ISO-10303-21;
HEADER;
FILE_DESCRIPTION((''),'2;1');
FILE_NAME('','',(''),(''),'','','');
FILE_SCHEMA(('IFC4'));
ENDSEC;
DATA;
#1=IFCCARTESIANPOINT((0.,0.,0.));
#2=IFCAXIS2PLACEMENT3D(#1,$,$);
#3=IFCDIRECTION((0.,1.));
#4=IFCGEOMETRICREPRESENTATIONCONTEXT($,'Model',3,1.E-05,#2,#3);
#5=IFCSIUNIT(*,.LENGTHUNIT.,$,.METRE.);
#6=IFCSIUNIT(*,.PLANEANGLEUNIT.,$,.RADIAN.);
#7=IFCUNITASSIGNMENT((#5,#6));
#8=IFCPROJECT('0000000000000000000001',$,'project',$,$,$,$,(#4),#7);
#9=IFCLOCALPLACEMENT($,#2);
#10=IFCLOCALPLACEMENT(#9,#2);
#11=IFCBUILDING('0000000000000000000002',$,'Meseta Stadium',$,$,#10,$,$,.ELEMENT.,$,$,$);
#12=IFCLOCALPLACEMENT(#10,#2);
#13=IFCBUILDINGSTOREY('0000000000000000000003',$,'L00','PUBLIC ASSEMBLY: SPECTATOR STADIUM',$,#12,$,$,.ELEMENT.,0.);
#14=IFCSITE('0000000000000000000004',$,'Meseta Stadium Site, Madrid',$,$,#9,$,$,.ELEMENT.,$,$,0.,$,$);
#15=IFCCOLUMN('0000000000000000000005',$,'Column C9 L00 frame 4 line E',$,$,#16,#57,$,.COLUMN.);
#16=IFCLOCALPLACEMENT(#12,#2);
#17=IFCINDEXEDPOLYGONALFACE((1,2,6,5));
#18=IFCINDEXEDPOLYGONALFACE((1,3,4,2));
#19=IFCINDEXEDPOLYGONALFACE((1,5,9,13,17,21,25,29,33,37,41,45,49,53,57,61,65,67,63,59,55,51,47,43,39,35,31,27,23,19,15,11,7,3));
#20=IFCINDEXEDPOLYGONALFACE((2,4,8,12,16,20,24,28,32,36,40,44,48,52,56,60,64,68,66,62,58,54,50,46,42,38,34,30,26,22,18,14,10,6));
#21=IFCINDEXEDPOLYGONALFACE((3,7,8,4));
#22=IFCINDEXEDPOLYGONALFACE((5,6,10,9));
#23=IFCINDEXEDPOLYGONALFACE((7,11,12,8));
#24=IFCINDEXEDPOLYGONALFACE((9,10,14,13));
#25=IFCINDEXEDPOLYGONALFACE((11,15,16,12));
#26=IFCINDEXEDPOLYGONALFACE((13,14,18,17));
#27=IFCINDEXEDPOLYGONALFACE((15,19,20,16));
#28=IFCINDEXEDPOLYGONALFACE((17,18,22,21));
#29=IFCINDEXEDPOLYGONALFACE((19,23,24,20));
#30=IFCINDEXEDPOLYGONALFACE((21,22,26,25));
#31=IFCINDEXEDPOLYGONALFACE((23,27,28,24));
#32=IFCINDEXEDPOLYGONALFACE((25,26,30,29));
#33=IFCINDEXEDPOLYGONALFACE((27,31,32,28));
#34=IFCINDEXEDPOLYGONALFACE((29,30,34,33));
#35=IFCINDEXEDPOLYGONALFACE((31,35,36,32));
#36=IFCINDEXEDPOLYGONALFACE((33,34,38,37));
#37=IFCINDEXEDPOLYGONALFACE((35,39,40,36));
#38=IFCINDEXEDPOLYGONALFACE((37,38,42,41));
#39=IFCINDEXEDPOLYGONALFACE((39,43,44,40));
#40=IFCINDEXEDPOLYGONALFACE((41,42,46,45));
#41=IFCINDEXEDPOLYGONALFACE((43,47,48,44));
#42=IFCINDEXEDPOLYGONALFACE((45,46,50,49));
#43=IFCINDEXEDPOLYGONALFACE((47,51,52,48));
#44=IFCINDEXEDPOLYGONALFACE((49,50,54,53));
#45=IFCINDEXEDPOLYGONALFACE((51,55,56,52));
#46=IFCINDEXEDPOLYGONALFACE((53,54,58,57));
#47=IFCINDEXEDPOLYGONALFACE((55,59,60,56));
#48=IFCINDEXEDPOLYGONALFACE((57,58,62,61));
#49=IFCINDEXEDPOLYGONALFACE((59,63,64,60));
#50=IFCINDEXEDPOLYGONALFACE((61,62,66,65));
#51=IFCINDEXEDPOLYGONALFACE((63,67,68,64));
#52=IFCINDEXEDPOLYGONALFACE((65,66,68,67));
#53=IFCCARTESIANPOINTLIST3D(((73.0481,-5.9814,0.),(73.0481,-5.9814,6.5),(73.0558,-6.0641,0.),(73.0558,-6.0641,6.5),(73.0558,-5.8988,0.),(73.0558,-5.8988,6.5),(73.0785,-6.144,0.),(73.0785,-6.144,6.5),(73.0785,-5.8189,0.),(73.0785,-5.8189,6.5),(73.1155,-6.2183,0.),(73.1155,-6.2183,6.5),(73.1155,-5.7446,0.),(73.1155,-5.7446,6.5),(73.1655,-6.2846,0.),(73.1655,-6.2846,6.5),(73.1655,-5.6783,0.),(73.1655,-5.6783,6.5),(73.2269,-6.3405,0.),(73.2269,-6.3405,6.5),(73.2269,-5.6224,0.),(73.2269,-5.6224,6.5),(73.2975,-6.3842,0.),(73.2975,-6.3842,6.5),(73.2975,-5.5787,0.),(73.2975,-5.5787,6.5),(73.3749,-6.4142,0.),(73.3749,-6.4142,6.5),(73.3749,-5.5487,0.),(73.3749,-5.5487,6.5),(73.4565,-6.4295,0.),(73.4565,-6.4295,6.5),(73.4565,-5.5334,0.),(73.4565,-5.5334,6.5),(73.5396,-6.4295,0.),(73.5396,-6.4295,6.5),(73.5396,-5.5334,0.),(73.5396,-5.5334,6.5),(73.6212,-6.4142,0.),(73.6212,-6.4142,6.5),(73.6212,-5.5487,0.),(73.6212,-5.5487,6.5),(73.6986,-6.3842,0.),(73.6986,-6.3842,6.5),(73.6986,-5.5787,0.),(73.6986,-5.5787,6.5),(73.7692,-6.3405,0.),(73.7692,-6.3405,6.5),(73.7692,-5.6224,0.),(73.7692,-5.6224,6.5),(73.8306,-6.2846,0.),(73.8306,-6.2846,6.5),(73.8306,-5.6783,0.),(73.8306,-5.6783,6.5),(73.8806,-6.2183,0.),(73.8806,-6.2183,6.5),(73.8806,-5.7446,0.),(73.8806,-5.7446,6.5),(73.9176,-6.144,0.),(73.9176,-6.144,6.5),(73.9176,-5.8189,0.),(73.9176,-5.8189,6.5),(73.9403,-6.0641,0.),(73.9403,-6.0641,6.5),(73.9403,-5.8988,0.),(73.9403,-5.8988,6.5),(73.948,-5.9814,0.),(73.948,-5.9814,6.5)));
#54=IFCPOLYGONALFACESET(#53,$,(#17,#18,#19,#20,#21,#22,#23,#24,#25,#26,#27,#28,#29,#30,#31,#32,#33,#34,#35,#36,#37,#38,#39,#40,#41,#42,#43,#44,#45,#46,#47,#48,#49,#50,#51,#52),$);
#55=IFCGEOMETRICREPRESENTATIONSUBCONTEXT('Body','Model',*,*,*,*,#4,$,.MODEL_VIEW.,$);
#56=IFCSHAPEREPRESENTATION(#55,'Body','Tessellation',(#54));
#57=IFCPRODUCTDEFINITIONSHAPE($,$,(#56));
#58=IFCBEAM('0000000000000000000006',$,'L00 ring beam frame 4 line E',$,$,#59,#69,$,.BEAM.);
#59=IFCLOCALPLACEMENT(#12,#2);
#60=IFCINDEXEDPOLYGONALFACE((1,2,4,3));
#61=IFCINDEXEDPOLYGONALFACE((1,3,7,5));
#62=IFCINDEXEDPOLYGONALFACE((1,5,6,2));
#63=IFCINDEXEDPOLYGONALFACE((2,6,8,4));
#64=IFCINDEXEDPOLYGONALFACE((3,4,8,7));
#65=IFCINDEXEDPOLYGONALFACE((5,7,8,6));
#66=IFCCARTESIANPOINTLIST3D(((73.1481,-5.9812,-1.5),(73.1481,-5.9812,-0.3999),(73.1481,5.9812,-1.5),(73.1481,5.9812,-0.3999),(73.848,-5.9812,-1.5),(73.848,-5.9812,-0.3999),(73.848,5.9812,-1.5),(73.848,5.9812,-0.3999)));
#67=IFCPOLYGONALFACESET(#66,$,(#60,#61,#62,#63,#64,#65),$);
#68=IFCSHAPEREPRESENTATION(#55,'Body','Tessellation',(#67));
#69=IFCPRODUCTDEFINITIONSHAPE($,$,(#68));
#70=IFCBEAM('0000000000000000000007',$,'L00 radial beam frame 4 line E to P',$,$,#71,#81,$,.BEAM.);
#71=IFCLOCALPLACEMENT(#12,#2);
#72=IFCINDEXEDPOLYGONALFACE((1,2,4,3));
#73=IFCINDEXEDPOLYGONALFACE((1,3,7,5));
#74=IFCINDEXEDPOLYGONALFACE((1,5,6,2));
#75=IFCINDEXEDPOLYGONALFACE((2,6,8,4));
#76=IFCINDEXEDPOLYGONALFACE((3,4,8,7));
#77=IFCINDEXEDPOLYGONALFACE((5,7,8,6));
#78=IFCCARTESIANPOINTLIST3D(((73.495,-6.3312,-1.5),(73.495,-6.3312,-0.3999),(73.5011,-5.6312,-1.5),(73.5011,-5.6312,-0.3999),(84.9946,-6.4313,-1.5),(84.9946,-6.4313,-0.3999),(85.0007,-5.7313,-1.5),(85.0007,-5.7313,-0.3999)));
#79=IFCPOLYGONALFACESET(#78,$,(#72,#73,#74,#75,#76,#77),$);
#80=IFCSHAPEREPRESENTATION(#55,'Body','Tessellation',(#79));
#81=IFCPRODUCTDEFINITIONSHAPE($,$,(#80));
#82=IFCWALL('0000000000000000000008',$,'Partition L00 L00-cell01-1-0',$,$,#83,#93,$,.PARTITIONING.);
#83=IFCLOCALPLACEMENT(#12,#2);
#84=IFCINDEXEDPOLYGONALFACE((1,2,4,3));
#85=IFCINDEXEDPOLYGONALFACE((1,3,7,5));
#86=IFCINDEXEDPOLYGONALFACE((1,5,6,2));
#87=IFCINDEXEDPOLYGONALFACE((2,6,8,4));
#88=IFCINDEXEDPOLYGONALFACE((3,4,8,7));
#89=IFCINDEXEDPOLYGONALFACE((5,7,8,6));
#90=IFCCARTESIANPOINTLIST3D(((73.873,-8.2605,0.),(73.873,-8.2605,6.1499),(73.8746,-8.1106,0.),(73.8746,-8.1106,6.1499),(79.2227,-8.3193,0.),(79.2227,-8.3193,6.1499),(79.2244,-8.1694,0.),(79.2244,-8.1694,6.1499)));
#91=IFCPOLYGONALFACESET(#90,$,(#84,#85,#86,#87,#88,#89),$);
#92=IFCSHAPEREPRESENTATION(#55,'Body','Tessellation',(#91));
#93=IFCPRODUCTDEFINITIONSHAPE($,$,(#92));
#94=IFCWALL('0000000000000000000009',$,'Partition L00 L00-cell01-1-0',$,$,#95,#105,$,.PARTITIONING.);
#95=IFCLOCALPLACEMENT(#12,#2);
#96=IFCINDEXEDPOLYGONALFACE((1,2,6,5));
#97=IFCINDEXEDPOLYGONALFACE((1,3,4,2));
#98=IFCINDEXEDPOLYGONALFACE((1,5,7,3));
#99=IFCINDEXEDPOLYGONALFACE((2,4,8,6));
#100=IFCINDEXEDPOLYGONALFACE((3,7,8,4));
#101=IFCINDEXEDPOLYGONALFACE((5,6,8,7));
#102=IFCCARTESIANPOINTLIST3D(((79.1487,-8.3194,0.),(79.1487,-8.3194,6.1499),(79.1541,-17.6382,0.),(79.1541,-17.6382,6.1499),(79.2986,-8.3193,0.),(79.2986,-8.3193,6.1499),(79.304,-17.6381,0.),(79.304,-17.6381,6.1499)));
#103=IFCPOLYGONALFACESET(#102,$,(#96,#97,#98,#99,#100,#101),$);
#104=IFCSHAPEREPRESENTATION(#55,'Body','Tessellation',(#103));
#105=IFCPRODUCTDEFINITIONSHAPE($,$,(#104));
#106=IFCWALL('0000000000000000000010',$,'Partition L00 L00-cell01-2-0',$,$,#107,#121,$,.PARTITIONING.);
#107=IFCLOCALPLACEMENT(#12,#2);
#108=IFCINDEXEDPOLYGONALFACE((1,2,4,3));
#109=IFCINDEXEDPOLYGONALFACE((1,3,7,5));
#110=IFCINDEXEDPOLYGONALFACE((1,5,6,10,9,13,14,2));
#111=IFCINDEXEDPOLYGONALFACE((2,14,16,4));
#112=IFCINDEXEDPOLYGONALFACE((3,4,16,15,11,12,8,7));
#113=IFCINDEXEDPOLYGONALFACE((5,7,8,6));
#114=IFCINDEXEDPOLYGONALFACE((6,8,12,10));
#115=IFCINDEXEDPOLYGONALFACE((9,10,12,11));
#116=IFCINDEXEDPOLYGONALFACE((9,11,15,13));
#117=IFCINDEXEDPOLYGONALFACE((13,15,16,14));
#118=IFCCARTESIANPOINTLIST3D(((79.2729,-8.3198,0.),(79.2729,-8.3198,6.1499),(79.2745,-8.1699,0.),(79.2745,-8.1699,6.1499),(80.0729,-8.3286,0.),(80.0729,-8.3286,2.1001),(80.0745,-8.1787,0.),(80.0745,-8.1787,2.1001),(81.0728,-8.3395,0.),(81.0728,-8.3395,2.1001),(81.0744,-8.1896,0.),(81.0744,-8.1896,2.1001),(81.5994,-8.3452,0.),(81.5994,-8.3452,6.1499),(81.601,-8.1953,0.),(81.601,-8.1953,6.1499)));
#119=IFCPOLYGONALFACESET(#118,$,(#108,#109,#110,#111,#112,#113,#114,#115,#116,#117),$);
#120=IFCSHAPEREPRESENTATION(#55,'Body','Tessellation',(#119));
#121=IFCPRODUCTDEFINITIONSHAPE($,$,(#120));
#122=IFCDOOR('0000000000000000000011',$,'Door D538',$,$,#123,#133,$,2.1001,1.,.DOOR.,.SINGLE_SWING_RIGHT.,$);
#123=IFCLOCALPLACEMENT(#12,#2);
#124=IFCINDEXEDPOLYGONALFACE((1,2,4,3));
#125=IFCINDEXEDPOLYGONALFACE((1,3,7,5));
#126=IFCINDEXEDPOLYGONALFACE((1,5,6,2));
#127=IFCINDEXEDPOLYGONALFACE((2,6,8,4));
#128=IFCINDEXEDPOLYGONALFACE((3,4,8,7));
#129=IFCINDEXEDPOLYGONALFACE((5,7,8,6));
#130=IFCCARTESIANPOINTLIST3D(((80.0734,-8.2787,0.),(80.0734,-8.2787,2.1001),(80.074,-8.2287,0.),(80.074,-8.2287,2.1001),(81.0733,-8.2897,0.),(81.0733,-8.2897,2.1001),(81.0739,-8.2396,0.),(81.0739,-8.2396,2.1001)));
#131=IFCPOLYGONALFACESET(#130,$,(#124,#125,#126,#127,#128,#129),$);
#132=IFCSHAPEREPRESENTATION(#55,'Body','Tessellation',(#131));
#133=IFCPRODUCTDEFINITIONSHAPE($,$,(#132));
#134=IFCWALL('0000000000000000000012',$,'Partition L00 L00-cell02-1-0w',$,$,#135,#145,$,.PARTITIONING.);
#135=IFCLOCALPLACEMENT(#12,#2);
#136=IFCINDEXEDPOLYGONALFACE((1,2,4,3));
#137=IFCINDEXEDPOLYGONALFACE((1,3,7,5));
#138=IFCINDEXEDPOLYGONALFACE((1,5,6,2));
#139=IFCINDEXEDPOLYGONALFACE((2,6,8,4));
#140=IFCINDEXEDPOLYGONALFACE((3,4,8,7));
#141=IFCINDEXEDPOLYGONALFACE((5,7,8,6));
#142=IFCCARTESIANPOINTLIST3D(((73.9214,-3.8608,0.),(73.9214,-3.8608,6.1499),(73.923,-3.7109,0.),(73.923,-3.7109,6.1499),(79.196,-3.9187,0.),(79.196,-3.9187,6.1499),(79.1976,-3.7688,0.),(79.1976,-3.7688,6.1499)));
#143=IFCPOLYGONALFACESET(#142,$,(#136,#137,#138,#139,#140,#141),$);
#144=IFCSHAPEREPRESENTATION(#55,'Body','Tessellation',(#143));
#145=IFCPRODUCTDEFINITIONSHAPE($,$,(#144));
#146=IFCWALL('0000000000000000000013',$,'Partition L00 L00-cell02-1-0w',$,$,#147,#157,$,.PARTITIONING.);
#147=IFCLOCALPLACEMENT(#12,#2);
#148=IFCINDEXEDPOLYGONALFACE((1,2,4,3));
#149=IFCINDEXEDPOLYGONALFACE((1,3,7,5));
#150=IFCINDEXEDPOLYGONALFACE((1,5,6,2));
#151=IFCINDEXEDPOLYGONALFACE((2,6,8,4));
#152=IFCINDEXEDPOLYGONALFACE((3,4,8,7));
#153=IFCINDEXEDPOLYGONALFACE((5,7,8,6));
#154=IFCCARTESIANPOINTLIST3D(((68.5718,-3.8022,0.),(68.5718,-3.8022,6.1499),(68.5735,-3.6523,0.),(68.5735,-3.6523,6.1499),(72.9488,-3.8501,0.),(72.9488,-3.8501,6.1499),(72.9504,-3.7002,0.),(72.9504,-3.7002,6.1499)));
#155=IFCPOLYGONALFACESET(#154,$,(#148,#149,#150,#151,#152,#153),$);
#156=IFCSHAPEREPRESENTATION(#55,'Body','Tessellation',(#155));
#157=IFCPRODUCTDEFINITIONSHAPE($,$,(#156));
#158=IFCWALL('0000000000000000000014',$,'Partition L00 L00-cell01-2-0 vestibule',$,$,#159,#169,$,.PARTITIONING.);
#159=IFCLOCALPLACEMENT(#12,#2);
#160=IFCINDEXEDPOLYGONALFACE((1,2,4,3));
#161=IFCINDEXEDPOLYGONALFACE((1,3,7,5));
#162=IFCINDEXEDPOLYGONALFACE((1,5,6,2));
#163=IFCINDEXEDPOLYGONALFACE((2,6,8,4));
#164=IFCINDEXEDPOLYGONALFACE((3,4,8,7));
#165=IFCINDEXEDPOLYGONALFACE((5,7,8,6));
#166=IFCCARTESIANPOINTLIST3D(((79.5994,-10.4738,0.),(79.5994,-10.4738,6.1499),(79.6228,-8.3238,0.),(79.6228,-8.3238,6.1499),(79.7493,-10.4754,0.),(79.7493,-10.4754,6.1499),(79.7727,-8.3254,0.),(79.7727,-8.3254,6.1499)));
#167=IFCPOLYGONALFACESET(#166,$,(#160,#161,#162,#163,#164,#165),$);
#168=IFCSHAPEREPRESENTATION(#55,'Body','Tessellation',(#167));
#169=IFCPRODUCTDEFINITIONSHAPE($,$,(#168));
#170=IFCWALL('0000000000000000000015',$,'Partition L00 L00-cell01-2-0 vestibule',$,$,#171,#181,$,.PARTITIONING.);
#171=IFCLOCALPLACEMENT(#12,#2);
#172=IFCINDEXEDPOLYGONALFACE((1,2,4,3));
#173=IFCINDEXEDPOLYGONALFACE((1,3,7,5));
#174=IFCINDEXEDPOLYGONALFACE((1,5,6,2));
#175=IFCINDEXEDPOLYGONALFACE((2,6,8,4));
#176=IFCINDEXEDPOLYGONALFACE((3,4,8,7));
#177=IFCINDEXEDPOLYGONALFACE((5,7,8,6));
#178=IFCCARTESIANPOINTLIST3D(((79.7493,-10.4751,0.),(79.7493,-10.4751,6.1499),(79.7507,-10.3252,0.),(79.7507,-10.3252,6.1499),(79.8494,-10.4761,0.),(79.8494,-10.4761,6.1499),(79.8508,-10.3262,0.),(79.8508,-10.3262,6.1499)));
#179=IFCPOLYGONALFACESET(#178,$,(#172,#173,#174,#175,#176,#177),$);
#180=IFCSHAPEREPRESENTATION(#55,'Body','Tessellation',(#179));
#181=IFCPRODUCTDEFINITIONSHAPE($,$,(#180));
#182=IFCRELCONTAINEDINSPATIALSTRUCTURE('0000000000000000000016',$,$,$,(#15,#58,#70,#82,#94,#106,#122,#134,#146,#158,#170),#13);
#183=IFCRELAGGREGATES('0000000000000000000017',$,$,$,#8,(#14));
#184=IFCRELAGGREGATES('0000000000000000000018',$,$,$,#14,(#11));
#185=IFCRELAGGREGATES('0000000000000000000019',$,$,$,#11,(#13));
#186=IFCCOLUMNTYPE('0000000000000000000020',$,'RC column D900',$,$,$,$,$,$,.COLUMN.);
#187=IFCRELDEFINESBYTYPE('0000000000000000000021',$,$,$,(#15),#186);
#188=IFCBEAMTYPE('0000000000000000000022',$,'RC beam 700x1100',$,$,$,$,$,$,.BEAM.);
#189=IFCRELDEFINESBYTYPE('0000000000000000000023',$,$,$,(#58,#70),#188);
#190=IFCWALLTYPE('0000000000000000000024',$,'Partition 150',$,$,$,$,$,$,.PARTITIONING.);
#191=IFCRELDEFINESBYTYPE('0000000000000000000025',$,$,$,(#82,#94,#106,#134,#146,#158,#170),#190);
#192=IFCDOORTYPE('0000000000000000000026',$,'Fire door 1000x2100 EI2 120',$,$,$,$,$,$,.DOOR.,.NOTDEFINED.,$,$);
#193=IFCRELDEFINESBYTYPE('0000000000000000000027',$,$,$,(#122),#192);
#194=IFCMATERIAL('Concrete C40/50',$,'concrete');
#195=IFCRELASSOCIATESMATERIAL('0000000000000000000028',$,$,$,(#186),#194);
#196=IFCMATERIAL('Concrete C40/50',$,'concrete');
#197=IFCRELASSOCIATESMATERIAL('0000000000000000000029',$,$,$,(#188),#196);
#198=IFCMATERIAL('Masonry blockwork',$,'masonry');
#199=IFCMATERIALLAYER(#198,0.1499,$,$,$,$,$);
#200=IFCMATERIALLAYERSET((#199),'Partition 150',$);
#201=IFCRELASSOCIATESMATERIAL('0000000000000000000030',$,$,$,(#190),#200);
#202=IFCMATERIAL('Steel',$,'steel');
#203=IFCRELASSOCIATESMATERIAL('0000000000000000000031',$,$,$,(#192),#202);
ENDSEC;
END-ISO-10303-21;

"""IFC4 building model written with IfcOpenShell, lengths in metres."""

from ifc_helpers import new_model, si_unit, direction, frame, frame_2d, origin, origin_2d, place, context, subcontext, project, spatial, rectangle, circle, extrude, material, layer, layer_set, material_profile, profile_set, type_object, element, fill, save


model = new_model("IFC4")

# Units and contexts
model_context = context("Model", 3, precision=1e-05, world=origin(), true_north=direction((0.0, 1.0)))
body_context = subcontext(model_context, "Body", "Model", "MODEL_VIEW")
ifc_project = project(units=[si_unit("LENGTHUNIT", "METRE"), si_unit("PLANEANGLEUNIT", "RADIAN")], contexts=[model_context])

# Site, building, storey
site_placement = place(None, origin())
site = spatial("IfcSite", under=ifc_project, at=site_placement, Name="Meseta Stadium Site, Madrid", CompositionType="ELEMENT", RefElevation=0.0)
building_placement = place(site_placement, origin())
building = spatial("IfcBuilding", under=site, at=building_placement, Name="Meseta Stadium", CompositionType="ELEMENT")
storey_placement = place(building_placement, origin())
storey = spatial("IfcBuildingStorey", under=building, at=storey_placement, Name="L00", Description="PUBLIC ASSEMBLY: SPECTATOR STADIUM", CompositionType="ELEMENT", Elevation=0.0)

# Column
ifc_material_1 = material(Name="Concrete C40/50", Category="concrete")
ifc_material_profile_1 = material_profile(ifc_material_1, circle(Radius=0.45, at=origin_2d()), Name="RC D900")
ifc_profile_set_1 = profile_set([ifc_material_profile_1], Name="Concrete C40/50")
column_type = type_object("IfcColumnType", Name="RC column D900", PredefinedType="COLUMN", material=ifc_profile_set_1)
column_placement = place(storey_placement, frame((73.498, -5.9814, 0.0), z_axis=(0.0, 0.0, 1.0), x_axis=(1.0, 0.0, 0.0)))
element("IfcColumn", 1, at=column_placement, inside=storey, type_object=column_type, Name="Column C9 L00 frame 4 line E", PredefinedType="COLUMN", context=body_context, shape_type="SweptSolid", body=[
    extrude(circle(Radius=0.45, at=origin_2d()), origin(), (0.0, 0.0, 1.0), 6.5),
])

# Beams
ifc_material_2 = material(Name="Concrete C40/50", Category="concrete")
ifc_material_profile_2 = material_profile(ifc_material_2, rectangle(XDim=0.7, YDim=1.1001, at=origin_2d()), Name="RC 700x1100")
ifc_profile_set_2 = profile_set([ifc_material_profile_2], Name="Concrete C40/50")
beam_type = type_object("IfcBeamType", Name="RC beam 700x1100", PredefinedType="BEAM", material=ifc_profile_set_2)
beam_1_placement = place(storey_placement, frame((73.498, -5.9812, -0.95), z_axis=(0.0, 1.0, 0.0), x_axis=(-1.0, 0.0, 0.0)))
element("IfcBeam", 2, at=beam_1_placement, inside=storey, type_object=beam_type, Name="L00 ring beam frame 4 line E", PredefinedType="BEAM", context=body_context, shape_type="SweptSolid", body=[
    extrude(rectangle(XDim=0.7, YDim=1.1001, at=origin_2d()), origin(), (0.0, 0.0, 1.0), 11.9624),
])
beam_2_placement = place(storey_placement, frame((73.498, -5.9812, -0.95), z_axis=(0.999962, -0.008704, 0.0), x_axis=(0.008704, 0.999962, 0.0)))
element("IfcBeam", 3, at=beam_2_placement, inside=storey, type_object=beam_type, Name="L00 radial beam frame 4 line E to P", PredefinedType="BEAM", context=body_context, shape_type="SweptSolid", body=[
    extrude(rectangle(XDim=0.7, YDim=1.1001, at=origin_2d()), origin(), (0.0, 0.0, 1.0), 11.5),
])

# Walls
ifc_material_3 = material(Name="Masonry blockwork", Category="masonry")
ifc_layer = layer(ifc_material_3, 0.1499)
ifc_layer_set = layer_set([ifc_layer], Name="Partition 150")
wall_type = type_object("IfcWallType", Name="Partition 150", PredefinedType="PARTITIONING", material=ifc_layer_set)
wall_1_placement = place(storey_placement, frame((73.8738, -8.1855, 0.0), z_axis=(0.0, 0.0, 1.0), x_axis=(0.99994, -0.010997, 0.0)))
element("IfcWall", 4, at=wall_1_placement, inside=storey, type_object=wall_type, Name="Partition L00 L00-cell01-1-0", PredefinedType="PARTITIONING", context=body_context, shape_type="SweptSolid", body=[
    extrude(rectangle(XDim=5.3501, YDim=0.1499, at=frame_2d((2.675, 0.0))), origin(), (0.0, 0.0, 1.0), 6.1499),
])
wall_2_placement = place(storey_placement, frame((79.2236, -8.3193, 0.0), z_axis=(0.0, 0.0, 1.0), x_axis=(0.000576, -1.0, 0.0)))
element("IfcWall", 5, at=wall_2_placement, inside=storey, type_object=wall_type, Name="Partition L00 L00-cell01-1-0", PredefinedType="PARTITIONING", context=body_context, shape_type="SweptSolid", body=[
    extrude(rectangle(XDim=9.3188, YDim=0.1499, at=frame_2d((4.6594, 0.0))), origin(), (0.0, 0.0, 1.0), 6.1499),
])

# Wall, opening, door
wall_3_placement = place(storey_placement, frame((79.2737, -8.2449, 0.0), z_axis=(0.0, 0.0, 1.0), x_axis=(0.99994, -0.010913, 0.0)))
wall_3 = element("IfcWall", 6, at=wall_3_placement, inside=storey, type_object=wall_type, Name="Partition L00 L00-cell01-2-0", PredefinedType="PARTITIONING", context=body_context, shape_type="SweptSolid", body=[
    extrude(rectangle(XDim=2.3267, YDim=0.1499, at=frame_2d((1.1633, 0.0))), origin(), (0.0, 0.0, 1.0), 6.1499),
])
opening_1_placement = place(wall_3_placement, frame((0.8, 0.0, 0.0)))
opening_1 = element("IfcOpeningElement", 7, at=opening_1_placement, cuts=wall_3, PredefinedType="OPENING", context=body_context, shape_type="SweptSolid", body=[
    extrude(rectangle(XDim=1.0, YDim=2.1001, at=frame_2d((0.5, 1.05))), frame((0.0, 0.085, 0.0), z_axis=(0.0, -1.0, 0.0), x_axis=(1.0, 0.0, 0.0)), (0.0, 0.0, 1.0), 0.1699),
])
ifc_material_4 = material(Name="Steel", Category="steel")
door_type_1 = type_object("IfcDoorType", Name="Fire door 1000x2100 EI2 120", OperationType="NOTDEFINED", PredefinedType="DOOR", material=ifc_material_4)
door_1_placement = place(opening_1_placement, origin())
door_1 = element("IfcDoor", 8, at=door_1_placement, inside=storey, type_object=door_type_1, Name="Door D538", OperationType="SINGLE_SWING_RIGHT", OverallHeight=2.1001, OverallWidth=1.0, PredefinedType="DOOR", context=body_context, shape_type="SweptSolid", body=[
    extrude(rectangle(XDim=1.0, YDim=2.1001, at=frame_2d((0.5, 1.05))), frame((0.0, 0.0249, 0.0), z_axis=(0.0, -1.0, 0.0), x_axis=(1.0, 0.0, 0.0)), (0.0, 0.0, 1.0), 0.05),
])
fill(opening_1, door_1)

# Walls
wall_4_placement = place(storey_placement, frame((79.1968, -3.8438, 0.0), z_axis=(0.0, 0.0, 1.0), x_axis=(-0.99994, 0.010969, 0.0)))
element("IfcWall", 9, at=wall_4_placement, inside=storey, type_object=wall_type, Name="Partition L00 L00-cell02-1-0w", PredefinedType="PARTITIONING", context=body_context, shape_type="SweptSolid", body=[
    extrude(rectangle(XDim=5.2749, YDim=0.1499, at=frame_2d((2.6375, 0.0))), origin(), (0.0, 0.0, 1.0), 6.1499),
])
wall_5_placement = place(storey_placement, frame((72.9495, -3.7751, 0.0), z_axis=(0.0, 0.0, 1.0), x_axis=(-0.99994, 0.010932, 0.0)))
element("IfcWall", 10, at=wall_5_placement, inside=storey, type_object=wall_type, Name="Partition L00 L00-cell02-1-0w", PredefinedType="PARTITIONING", context=body_context, shape_type="SweptSolid", body=[
    extrude(rectangle(XDim=4.3772, YDim=0.1499, at=frame_2d((2.1885, 0.0))), origin(), (0.0, 0.0, 1.0), 6.1499),
])
wall_6_placement = place(storey_placement, frame((79.6978, -8.3245, 0.0), z_axis=(0.0, 0.0, 1.0), x_axis=(-0.010901, -0.999941, 0.0)))
element("IfcWall", 11, at=wall_6_placement, inside=storey, type_object=wall_type, Name="Partition L00 L00-cell01-2-0 vestibule", PredefinedType="PARTITIONING", context=body_context, shape_type="SweptSolid", body=[
    extrude(rectangle(XDim=2.1501, YDim=0.1499, at=frame_2d((1.0752, 0.0))), origin(), (0.0, 0.0, 1.0), 6.1499),
])
wall_7_placement = place(storey_placement, frame((79.75, -10.4001, 0.0), z_axis=(0.0, 0.0, 1.0), x_axis=(0.999952, -0.009756, 0.0)))
element("IfcWall", 12, at=wall_7_placement, inside=storey, type_object=wall_type, Name="Partition L00 L00-cell01-2-0 vestibule", PredefinedType="PARTITIONING", context=body_context, shape_type="SweptSolid", body=[
    extrude(rectangle(XDim=0.1001, YDim=0.1499, at=frame_2d((0.05, 0.0))), origin(), (0.0, 0.0, 1.0), 6.1499),
])

save(model, "model.ifc")
